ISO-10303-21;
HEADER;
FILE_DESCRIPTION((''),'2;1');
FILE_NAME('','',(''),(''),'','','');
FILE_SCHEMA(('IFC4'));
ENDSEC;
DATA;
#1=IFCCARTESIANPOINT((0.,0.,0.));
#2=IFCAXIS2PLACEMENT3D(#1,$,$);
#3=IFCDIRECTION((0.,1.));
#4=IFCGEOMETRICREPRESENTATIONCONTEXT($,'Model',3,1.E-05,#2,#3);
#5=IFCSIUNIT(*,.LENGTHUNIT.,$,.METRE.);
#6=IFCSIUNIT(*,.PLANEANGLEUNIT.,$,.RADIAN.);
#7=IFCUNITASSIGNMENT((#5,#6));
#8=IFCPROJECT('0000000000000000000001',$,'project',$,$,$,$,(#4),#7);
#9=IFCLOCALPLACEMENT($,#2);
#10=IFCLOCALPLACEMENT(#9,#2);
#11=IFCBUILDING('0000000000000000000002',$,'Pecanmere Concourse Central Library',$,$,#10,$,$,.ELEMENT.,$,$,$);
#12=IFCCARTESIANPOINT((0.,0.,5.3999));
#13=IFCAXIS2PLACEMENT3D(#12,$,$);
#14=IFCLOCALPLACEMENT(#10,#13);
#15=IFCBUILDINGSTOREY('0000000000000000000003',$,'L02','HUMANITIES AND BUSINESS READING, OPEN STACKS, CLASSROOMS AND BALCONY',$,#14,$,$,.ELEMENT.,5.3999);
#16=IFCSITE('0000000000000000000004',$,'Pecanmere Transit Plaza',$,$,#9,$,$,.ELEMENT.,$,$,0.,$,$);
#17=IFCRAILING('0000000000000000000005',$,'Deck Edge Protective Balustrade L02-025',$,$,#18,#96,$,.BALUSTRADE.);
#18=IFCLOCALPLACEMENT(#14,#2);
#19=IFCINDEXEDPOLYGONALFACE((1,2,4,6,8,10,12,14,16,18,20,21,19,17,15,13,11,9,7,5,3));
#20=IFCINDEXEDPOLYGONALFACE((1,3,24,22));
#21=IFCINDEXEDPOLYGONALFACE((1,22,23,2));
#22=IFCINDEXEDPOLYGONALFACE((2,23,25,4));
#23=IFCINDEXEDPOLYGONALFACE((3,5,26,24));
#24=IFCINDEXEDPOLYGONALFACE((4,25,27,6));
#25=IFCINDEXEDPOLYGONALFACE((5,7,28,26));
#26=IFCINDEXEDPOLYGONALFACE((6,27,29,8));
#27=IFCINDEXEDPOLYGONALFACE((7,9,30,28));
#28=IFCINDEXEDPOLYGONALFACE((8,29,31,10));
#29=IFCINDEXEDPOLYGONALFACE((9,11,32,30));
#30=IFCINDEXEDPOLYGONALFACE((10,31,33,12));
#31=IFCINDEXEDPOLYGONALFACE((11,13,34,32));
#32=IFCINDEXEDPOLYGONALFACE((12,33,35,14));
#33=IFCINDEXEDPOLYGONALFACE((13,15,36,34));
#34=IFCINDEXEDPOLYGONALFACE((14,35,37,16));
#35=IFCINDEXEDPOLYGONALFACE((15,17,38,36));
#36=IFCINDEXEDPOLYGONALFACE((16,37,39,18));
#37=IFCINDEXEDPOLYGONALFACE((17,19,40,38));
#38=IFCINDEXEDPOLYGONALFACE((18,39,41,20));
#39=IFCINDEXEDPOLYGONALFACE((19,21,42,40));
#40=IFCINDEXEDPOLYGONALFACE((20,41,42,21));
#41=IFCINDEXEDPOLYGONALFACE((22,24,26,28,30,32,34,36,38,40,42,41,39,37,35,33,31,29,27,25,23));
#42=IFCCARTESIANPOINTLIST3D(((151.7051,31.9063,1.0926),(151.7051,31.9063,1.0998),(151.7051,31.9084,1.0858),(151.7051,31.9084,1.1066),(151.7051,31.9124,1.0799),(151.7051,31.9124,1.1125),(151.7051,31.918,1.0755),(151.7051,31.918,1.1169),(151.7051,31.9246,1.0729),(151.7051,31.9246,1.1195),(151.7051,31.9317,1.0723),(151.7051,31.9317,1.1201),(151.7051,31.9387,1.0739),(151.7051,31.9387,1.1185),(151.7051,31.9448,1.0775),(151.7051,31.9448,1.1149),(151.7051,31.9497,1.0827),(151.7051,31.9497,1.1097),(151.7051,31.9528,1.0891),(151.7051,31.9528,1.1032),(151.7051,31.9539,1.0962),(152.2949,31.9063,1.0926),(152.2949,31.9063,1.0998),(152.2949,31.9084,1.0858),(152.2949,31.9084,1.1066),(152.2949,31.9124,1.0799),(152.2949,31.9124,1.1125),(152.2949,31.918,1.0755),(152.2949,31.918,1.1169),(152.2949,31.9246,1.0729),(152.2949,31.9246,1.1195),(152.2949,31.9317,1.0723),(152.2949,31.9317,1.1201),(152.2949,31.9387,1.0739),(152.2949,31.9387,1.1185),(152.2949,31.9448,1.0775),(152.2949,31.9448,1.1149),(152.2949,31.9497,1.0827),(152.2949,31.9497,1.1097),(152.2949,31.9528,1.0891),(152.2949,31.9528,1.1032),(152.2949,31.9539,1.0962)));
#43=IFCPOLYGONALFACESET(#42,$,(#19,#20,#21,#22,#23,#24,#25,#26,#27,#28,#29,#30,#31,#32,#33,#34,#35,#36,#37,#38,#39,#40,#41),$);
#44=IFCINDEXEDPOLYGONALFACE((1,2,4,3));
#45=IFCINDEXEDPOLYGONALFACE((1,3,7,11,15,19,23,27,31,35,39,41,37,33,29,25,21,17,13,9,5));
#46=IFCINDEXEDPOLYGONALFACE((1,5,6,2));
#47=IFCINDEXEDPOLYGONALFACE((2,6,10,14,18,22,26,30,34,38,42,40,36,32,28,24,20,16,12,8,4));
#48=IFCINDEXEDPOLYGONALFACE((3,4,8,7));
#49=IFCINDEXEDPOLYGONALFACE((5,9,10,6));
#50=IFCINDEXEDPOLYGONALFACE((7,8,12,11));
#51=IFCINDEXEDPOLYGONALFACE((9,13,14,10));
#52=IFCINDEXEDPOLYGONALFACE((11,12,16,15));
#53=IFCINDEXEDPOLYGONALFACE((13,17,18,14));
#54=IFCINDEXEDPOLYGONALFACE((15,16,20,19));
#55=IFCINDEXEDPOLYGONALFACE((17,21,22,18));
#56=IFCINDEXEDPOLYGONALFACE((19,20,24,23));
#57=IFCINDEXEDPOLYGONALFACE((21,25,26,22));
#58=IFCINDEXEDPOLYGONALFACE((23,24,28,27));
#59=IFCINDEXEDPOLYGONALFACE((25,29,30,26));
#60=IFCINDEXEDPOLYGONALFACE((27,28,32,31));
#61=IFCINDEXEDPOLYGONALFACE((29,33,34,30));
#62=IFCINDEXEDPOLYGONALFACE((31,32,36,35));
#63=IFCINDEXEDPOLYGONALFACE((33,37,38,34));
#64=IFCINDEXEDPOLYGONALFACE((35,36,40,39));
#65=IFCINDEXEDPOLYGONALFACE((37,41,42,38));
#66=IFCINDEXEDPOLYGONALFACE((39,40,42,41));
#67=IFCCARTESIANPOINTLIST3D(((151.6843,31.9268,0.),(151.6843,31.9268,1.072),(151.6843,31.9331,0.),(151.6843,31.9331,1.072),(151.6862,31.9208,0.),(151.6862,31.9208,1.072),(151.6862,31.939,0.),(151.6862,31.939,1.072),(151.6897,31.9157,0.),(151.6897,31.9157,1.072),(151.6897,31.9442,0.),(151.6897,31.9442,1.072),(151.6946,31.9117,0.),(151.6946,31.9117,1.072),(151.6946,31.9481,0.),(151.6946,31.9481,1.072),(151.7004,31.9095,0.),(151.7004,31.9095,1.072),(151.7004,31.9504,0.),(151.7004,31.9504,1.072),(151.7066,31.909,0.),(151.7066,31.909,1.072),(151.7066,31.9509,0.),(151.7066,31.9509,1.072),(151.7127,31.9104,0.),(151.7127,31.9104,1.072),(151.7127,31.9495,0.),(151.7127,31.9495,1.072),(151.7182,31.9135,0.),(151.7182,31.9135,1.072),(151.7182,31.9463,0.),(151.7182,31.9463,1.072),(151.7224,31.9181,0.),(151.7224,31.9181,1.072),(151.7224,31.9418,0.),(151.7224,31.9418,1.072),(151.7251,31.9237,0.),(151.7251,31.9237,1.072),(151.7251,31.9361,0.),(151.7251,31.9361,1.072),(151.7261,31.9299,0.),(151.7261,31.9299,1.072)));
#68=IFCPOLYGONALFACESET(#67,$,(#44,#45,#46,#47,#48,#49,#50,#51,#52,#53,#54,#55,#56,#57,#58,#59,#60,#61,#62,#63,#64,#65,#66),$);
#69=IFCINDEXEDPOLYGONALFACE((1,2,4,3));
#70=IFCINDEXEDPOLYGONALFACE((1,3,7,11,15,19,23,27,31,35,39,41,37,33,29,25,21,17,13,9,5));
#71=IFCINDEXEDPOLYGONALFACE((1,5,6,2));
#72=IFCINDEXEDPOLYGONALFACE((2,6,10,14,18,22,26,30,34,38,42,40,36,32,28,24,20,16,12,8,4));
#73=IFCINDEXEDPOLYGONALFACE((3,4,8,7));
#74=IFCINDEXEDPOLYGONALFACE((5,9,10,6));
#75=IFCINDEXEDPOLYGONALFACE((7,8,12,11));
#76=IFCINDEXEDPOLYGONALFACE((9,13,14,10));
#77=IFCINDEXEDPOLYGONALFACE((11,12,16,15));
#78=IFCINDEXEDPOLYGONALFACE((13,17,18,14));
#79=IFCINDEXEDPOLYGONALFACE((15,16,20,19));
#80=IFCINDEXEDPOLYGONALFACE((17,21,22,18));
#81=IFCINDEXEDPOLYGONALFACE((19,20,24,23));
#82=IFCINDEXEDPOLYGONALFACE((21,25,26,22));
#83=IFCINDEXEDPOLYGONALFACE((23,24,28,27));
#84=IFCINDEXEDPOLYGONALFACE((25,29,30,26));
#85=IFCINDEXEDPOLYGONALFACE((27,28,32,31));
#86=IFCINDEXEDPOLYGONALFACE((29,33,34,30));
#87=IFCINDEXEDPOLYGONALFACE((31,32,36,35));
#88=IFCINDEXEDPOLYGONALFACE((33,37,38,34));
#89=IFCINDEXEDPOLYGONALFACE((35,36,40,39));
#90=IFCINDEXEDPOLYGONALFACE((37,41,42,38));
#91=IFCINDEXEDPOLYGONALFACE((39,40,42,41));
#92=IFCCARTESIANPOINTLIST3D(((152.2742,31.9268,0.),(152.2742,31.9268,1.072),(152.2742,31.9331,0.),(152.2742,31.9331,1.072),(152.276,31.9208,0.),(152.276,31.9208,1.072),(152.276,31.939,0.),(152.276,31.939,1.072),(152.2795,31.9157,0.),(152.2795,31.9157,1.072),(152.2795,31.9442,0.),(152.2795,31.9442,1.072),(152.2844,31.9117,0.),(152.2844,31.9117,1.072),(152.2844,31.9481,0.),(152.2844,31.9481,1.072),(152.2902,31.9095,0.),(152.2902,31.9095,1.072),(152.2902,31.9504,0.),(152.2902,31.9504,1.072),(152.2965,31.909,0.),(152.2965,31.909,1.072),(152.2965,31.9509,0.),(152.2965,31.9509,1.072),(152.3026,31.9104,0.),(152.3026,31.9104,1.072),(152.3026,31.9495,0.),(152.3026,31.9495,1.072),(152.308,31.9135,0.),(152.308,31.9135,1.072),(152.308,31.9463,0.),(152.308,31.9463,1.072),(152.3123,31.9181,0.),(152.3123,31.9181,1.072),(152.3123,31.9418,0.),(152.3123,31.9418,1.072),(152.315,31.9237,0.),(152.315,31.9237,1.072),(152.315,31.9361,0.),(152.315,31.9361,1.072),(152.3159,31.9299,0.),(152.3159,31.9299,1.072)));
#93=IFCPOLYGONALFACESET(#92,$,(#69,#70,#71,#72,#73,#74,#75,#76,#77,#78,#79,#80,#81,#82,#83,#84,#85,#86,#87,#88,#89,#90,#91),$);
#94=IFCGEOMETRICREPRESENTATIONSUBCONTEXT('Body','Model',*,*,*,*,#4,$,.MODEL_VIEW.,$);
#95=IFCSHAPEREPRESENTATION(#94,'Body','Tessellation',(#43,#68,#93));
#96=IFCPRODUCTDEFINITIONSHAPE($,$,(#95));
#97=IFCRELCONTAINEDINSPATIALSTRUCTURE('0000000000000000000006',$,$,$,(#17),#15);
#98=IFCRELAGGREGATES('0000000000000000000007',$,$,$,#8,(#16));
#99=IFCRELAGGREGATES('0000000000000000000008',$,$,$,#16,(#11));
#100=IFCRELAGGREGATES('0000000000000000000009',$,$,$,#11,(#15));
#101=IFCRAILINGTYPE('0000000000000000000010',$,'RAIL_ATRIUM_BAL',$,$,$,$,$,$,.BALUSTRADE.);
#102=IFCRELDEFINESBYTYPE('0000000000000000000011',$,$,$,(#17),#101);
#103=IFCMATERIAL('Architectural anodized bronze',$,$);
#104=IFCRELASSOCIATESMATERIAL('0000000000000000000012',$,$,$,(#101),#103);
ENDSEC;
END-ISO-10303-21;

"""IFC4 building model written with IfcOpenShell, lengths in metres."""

from ifc_helpers import new_model, si_unit, direction, frame, origin, origin_2d, place, context, subcontext, project, spatial, circle, extrude, material, type_object, element, save


model = new_model("IFC4")

# Units and contexts
model_context = context("Model", 3, precision=1e-05, world=origin(), true_north=direction((0.0, 1.0)))
body_context = subcontext(model_context, "Body", "Model", "MODEL_VIEW")
ifc_project = project(units=[si_unit("LENGTHUNIT", "METRE"), si_unit("PLANEANGLEUNIT", "RADIAN")], contexts=[model_context])

# Site, building, storey
site_placement = place(None, origin())
site = spatial("IfcSite", under=ifc_project, at=site_placement, Name="Pecanmere Transit Plaza", CompositionType="ELEMENT", RefElevation=0.0)
building_placement = place(site_placement, origin())
building = spatial("IfcBuilding", under=site, at=building_placement, Name="Pecanmere Concourse Central Library", CompositionType="ELEMENT")
storey_placement = place(building_placement, frame((0.0, 0.0, 5.3999)))
storey = spatial("IfcBuildingStorey", under=building, at=storey_placement, Name="L02", Description="HUMANITIES AND BUSINESS READING, OPEN STACKS, CLASSROOMS AND BALCONY", CompositionType="ELEMENT", Elevation=5.3999)

# Railing
ifc_material_1 = material(Name="Architectural anodized bronze")
railing_type = type_object("IfcRailingType", Name="RAIL_ATRIUM_BAL", PredefinedType="BALUSTRADE", material=ifc_material_1)
for number, where, name in (
    (1, (151.7051, 31.9299, 0.0), "Deck Edge Protective Balustrade L02-025"),
):
    element("IfcRailing", number, at=place(storey_placement, frame(where)), inside=storey, type_object=railing_type, Name=name, PredefinedType="BALUSTRADE", context=body_context, shape_type="SweptSolid", body=[
        extrude(circle(Radius=0.0239, at=origin_2d()), frame((0.0, 0.0, 1.0962), z_axis=(1.0, 0.0, 0.0), x_axis=(0.0, 1.0, 0.0)), (0.0, 0.0, 1.0), 0.5898),
        extrude(circle(Radius=0.021, at=origin_2d()), origin(), (0.0, 0.0, 1.0), 1.072),
        extrude(circle(Radius=0.021, at=origin_2d()), frame((0.5898, 0.0, 0.0)), (0.0, 0.0, 1.0), 1.072),
    ])

save(model, "model.ifc")
